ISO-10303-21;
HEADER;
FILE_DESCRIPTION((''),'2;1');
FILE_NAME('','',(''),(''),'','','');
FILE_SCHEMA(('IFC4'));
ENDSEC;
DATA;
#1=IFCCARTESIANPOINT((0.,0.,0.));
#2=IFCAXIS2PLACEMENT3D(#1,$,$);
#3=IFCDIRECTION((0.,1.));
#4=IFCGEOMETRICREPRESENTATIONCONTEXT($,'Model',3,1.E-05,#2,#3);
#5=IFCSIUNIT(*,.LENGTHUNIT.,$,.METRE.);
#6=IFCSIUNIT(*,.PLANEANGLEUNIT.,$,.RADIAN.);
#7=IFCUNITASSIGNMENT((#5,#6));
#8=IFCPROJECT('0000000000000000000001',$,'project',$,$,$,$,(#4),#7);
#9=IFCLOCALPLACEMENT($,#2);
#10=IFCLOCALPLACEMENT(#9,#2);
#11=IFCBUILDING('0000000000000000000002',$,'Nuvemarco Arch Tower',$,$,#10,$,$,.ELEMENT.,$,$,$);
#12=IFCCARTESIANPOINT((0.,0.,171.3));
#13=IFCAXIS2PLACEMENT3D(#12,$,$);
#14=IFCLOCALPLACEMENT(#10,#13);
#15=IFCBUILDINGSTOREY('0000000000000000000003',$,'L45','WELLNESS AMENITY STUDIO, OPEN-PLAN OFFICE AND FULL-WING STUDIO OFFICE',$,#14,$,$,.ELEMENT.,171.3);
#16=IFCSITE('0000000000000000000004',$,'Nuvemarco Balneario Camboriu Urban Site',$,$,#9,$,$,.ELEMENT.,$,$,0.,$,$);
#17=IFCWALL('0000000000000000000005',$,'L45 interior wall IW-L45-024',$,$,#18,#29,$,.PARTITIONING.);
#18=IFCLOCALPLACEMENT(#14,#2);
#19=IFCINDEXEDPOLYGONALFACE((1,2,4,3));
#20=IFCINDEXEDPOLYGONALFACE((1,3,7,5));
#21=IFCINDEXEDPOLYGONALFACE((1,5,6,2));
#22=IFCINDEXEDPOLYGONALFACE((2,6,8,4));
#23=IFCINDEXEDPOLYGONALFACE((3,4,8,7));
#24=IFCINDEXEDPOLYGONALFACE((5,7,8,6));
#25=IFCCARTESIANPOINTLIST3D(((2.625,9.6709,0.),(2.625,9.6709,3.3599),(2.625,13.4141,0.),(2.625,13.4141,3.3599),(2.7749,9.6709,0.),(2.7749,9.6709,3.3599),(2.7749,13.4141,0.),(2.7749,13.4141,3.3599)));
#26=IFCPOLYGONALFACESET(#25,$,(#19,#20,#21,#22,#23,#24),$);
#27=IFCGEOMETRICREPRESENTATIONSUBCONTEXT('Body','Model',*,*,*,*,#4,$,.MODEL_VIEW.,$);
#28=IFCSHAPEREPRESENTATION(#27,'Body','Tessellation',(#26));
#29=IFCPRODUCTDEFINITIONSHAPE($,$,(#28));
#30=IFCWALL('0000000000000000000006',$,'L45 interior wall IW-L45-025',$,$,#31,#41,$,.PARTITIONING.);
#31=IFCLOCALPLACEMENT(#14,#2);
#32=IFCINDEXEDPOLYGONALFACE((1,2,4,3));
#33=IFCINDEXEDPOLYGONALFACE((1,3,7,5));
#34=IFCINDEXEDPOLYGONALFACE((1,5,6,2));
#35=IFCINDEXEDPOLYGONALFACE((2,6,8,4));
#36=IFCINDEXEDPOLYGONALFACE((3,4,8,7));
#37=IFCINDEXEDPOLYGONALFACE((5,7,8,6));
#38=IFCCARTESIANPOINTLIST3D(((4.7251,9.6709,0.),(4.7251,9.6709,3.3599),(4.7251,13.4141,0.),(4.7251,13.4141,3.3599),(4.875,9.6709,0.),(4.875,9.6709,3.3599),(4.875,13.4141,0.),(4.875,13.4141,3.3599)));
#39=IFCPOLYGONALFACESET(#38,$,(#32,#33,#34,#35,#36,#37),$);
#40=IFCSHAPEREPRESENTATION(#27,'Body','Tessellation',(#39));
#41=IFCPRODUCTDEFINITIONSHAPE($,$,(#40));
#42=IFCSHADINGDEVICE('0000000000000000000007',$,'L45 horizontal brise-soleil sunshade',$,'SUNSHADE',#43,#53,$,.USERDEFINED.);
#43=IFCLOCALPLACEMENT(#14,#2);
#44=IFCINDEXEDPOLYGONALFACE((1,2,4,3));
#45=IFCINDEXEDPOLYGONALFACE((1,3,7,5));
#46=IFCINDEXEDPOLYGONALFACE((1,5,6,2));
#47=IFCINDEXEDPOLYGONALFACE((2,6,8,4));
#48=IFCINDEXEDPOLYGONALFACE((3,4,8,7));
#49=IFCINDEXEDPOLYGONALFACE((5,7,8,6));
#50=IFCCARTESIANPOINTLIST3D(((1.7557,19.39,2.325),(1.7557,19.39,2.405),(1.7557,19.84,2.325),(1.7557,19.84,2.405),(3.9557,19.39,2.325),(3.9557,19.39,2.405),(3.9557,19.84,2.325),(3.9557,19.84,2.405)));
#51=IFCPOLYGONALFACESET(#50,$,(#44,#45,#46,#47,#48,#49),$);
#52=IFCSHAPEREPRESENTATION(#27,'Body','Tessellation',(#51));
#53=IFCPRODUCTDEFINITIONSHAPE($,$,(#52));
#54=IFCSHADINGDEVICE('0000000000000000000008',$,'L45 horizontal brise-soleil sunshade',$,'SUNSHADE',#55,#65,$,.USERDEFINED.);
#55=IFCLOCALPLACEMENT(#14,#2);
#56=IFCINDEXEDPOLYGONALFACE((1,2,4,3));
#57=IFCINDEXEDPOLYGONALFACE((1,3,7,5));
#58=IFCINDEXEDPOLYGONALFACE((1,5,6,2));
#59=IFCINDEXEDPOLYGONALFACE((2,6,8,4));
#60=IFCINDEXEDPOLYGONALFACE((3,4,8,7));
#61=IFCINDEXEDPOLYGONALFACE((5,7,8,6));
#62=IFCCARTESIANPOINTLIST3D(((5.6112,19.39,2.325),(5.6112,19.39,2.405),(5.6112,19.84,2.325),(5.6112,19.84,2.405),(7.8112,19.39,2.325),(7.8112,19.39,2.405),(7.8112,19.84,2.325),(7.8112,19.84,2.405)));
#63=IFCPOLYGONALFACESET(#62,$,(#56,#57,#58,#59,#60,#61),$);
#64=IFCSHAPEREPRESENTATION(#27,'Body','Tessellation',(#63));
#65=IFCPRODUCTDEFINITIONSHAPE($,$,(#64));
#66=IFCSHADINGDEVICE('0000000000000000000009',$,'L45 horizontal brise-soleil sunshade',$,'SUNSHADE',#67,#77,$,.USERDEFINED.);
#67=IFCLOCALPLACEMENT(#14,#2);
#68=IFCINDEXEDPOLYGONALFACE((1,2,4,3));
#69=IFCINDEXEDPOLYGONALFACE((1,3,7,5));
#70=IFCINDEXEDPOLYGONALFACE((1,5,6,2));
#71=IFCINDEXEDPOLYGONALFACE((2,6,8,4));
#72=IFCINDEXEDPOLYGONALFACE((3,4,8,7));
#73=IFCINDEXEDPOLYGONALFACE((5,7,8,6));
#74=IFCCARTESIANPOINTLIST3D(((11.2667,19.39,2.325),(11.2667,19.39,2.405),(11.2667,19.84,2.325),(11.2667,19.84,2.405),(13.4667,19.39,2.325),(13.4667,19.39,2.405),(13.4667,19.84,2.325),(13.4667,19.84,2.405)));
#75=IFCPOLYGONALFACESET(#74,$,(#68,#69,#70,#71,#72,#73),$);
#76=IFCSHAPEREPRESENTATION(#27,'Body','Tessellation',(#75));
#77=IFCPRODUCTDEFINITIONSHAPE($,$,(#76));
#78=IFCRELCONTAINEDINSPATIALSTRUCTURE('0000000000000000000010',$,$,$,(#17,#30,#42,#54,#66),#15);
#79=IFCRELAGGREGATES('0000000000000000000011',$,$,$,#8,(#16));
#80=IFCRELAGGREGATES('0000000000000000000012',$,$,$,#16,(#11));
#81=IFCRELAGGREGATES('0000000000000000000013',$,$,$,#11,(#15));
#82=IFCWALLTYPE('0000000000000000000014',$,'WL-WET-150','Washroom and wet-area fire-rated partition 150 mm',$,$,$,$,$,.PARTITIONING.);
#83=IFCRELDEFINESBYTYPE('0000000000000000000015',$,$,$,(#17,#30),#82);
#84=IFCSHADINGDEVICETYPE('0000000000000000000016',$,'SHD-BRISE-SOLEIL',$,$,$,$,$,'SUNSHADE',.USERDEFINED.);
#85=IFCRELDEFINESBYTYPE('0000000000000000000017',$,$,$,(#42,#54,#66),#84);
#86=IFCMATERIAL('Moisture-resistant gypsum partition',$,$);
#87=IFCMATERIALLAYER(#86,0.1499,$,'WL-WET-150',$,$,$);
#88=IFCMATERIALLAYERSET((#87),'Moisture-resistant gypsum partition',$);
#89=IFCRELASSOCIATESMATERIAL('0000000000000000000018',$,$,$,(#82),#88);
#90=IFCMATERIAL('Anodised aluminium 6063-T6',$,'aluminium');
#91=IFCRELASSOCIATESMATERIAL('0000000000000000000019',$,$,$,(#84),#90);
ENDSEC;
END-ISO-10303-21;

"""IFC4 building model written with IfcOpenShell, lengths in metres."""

from ifc_helpers import new_model, si_unit, direction, frame, frame_2d, origin, origin_2d, place, context, subcontext, project, spatial, rectangle, extrude, source, transform, mapped, material, layer, layer_set, type_object, type_shapes, element, save


model = new_model("IFC4")

# Units and contexts
model_context = context("Model", 3, precision=1e-05, world=origin(), true_north=direction((0.0, 1.0)))
body_context = subcontext(model_context, "Body", "Model", "MODEL_VIEW")
ifc_project = project(units=[si_unit("LENGTHUNIT", "METRE"), si_unit("PLANEANGLEUNIT", "RADIAN")], contexts=[model_context])

# Site, building, storey
site_placement = place(None, origin())
site = spatial("IfcSite", under=ifc_project, at=site_placement, Name="Nuvemarco Balneario Camboriu Urban Site", CompositionType="ELEMENT", RefElevation=0.0)
building_placement = place(site_placement, origin())
building = spatial("IfcBuilding", under=site, at=building_placement, Name="Nuvemarco Arch Tower", CompositionType="ELEMENT")
storey_placement = place(building_placement, frame((0.0, 0.0, 171.3)))
storey = spatial("IfcBuildingStorey", under=building, at=storey_placement, Name="L45", Description="WELLNESS AMENITY STUDIO, OPEN-PLAN OFFICE AND FULL-WING STUDIO OFFICE", CompositionType="ELEMENT", Elevation=171.3)

# Walls
ifc_material_1 = material(Name="Moisture-resistant gypsum partition")
ifc_layer_1 = layer(ifc_material_1, 0.1499, Name="WL-WET-150")
ifc_layer_set_1 = layer_set([ifc_layer_1], Name="Moisture-resistant gypsum partition")
wall_type_1 = type_object("IfcWallType", Name="WL-WET-150", Description="Washroom and wet-area fire-rated partition 150 mm", PredefinedType="PARTITIONING", material=ifc_layer_set_1)
for number, where, z_axis, x_axis, name in (
    (1, (2.7, 9.6709, 0.0), (0.0, 0.0, 1.0), (0.0, 1.0, 0.0), "L45 interior wall IW-L45-024"),
    (2, (4.8, 9.6709, 0.0), (0.0, 0.0, 1.0), (0.0, 1.0, 0.0), "L45 interior wall IW-L45-025"),
):
    element("IfcWall", number, at=place(storey_placement, frame(where, z_axis=z_axis, x_axis=x_axis)), inside=storey, type_object=wall_type_1, Name=name, PredefinedType="PARTITIONING", context=body_context, shape_type="SweptSolid", body=[
        extrude(rectangle(XDim=3.7432, YDim=0.1499, at=frame_2d((1.8716, 0.0))), origin(), (0.0, 0.0, 1.0), 3.3599),
    ])

# Shading devices
ifc_material_2 = material(Name="Anodised aluminium 6063-T6", Category="aluminium")
shading_device_type = type_object("IfcShadingDeviceType", Name="SHD-BRISE-SOLEIL", ElementType="SUNSHADE", PredefinedType="USERDEFINED", material=ifc_material_2)
shared_shape = source(origin(), body_context, "Body", "SweptSolid", [
    extrude(rectangle(XDim=2.2, YDim=0.45, at=origin_2d()), origin(), (0.0, 0.0, 1.0), 0.0801),
])
type_shapes(shading_device_type, [shared_shape])
for number, where, z_axis, x_axis, name in (
    (3, (2.8557, 19.615, 2.325), (0.0, 0.0, 1.0), (1.0, 0.0, 0.0), "L45 horizontal brise-soleil sunshade"),
    (4, (6.7112, 19.615, 2.325), (0.0, 0.0, 1.0), (1.0, 0.0, 0.0), "L45 horizontal brise-soleil sunshade"),
    (5, (12.3667, 19.615, 2.325), (0.0, 0.0, 1.0), (1.0, 0.0, 0.0), "L45 horizontal brise-soleil sunshade"),
):
    element("IfcShadingDevice", number, at=place(storey_placement, frame(where, z_axis=z_axis, x_axis=x_axis)), inside=storey, type_object=shading_device_type, Name=name, ObjectType="SUNSHADE", PredefinedType="USERDEFINED", context=body_context, shape_type="MappedRepresentation", body=[
        mapped(shared_shape, transform((0.0, 0.0, 0.0), scale=1.0)),
    ])

save(model, "model.ifc")
